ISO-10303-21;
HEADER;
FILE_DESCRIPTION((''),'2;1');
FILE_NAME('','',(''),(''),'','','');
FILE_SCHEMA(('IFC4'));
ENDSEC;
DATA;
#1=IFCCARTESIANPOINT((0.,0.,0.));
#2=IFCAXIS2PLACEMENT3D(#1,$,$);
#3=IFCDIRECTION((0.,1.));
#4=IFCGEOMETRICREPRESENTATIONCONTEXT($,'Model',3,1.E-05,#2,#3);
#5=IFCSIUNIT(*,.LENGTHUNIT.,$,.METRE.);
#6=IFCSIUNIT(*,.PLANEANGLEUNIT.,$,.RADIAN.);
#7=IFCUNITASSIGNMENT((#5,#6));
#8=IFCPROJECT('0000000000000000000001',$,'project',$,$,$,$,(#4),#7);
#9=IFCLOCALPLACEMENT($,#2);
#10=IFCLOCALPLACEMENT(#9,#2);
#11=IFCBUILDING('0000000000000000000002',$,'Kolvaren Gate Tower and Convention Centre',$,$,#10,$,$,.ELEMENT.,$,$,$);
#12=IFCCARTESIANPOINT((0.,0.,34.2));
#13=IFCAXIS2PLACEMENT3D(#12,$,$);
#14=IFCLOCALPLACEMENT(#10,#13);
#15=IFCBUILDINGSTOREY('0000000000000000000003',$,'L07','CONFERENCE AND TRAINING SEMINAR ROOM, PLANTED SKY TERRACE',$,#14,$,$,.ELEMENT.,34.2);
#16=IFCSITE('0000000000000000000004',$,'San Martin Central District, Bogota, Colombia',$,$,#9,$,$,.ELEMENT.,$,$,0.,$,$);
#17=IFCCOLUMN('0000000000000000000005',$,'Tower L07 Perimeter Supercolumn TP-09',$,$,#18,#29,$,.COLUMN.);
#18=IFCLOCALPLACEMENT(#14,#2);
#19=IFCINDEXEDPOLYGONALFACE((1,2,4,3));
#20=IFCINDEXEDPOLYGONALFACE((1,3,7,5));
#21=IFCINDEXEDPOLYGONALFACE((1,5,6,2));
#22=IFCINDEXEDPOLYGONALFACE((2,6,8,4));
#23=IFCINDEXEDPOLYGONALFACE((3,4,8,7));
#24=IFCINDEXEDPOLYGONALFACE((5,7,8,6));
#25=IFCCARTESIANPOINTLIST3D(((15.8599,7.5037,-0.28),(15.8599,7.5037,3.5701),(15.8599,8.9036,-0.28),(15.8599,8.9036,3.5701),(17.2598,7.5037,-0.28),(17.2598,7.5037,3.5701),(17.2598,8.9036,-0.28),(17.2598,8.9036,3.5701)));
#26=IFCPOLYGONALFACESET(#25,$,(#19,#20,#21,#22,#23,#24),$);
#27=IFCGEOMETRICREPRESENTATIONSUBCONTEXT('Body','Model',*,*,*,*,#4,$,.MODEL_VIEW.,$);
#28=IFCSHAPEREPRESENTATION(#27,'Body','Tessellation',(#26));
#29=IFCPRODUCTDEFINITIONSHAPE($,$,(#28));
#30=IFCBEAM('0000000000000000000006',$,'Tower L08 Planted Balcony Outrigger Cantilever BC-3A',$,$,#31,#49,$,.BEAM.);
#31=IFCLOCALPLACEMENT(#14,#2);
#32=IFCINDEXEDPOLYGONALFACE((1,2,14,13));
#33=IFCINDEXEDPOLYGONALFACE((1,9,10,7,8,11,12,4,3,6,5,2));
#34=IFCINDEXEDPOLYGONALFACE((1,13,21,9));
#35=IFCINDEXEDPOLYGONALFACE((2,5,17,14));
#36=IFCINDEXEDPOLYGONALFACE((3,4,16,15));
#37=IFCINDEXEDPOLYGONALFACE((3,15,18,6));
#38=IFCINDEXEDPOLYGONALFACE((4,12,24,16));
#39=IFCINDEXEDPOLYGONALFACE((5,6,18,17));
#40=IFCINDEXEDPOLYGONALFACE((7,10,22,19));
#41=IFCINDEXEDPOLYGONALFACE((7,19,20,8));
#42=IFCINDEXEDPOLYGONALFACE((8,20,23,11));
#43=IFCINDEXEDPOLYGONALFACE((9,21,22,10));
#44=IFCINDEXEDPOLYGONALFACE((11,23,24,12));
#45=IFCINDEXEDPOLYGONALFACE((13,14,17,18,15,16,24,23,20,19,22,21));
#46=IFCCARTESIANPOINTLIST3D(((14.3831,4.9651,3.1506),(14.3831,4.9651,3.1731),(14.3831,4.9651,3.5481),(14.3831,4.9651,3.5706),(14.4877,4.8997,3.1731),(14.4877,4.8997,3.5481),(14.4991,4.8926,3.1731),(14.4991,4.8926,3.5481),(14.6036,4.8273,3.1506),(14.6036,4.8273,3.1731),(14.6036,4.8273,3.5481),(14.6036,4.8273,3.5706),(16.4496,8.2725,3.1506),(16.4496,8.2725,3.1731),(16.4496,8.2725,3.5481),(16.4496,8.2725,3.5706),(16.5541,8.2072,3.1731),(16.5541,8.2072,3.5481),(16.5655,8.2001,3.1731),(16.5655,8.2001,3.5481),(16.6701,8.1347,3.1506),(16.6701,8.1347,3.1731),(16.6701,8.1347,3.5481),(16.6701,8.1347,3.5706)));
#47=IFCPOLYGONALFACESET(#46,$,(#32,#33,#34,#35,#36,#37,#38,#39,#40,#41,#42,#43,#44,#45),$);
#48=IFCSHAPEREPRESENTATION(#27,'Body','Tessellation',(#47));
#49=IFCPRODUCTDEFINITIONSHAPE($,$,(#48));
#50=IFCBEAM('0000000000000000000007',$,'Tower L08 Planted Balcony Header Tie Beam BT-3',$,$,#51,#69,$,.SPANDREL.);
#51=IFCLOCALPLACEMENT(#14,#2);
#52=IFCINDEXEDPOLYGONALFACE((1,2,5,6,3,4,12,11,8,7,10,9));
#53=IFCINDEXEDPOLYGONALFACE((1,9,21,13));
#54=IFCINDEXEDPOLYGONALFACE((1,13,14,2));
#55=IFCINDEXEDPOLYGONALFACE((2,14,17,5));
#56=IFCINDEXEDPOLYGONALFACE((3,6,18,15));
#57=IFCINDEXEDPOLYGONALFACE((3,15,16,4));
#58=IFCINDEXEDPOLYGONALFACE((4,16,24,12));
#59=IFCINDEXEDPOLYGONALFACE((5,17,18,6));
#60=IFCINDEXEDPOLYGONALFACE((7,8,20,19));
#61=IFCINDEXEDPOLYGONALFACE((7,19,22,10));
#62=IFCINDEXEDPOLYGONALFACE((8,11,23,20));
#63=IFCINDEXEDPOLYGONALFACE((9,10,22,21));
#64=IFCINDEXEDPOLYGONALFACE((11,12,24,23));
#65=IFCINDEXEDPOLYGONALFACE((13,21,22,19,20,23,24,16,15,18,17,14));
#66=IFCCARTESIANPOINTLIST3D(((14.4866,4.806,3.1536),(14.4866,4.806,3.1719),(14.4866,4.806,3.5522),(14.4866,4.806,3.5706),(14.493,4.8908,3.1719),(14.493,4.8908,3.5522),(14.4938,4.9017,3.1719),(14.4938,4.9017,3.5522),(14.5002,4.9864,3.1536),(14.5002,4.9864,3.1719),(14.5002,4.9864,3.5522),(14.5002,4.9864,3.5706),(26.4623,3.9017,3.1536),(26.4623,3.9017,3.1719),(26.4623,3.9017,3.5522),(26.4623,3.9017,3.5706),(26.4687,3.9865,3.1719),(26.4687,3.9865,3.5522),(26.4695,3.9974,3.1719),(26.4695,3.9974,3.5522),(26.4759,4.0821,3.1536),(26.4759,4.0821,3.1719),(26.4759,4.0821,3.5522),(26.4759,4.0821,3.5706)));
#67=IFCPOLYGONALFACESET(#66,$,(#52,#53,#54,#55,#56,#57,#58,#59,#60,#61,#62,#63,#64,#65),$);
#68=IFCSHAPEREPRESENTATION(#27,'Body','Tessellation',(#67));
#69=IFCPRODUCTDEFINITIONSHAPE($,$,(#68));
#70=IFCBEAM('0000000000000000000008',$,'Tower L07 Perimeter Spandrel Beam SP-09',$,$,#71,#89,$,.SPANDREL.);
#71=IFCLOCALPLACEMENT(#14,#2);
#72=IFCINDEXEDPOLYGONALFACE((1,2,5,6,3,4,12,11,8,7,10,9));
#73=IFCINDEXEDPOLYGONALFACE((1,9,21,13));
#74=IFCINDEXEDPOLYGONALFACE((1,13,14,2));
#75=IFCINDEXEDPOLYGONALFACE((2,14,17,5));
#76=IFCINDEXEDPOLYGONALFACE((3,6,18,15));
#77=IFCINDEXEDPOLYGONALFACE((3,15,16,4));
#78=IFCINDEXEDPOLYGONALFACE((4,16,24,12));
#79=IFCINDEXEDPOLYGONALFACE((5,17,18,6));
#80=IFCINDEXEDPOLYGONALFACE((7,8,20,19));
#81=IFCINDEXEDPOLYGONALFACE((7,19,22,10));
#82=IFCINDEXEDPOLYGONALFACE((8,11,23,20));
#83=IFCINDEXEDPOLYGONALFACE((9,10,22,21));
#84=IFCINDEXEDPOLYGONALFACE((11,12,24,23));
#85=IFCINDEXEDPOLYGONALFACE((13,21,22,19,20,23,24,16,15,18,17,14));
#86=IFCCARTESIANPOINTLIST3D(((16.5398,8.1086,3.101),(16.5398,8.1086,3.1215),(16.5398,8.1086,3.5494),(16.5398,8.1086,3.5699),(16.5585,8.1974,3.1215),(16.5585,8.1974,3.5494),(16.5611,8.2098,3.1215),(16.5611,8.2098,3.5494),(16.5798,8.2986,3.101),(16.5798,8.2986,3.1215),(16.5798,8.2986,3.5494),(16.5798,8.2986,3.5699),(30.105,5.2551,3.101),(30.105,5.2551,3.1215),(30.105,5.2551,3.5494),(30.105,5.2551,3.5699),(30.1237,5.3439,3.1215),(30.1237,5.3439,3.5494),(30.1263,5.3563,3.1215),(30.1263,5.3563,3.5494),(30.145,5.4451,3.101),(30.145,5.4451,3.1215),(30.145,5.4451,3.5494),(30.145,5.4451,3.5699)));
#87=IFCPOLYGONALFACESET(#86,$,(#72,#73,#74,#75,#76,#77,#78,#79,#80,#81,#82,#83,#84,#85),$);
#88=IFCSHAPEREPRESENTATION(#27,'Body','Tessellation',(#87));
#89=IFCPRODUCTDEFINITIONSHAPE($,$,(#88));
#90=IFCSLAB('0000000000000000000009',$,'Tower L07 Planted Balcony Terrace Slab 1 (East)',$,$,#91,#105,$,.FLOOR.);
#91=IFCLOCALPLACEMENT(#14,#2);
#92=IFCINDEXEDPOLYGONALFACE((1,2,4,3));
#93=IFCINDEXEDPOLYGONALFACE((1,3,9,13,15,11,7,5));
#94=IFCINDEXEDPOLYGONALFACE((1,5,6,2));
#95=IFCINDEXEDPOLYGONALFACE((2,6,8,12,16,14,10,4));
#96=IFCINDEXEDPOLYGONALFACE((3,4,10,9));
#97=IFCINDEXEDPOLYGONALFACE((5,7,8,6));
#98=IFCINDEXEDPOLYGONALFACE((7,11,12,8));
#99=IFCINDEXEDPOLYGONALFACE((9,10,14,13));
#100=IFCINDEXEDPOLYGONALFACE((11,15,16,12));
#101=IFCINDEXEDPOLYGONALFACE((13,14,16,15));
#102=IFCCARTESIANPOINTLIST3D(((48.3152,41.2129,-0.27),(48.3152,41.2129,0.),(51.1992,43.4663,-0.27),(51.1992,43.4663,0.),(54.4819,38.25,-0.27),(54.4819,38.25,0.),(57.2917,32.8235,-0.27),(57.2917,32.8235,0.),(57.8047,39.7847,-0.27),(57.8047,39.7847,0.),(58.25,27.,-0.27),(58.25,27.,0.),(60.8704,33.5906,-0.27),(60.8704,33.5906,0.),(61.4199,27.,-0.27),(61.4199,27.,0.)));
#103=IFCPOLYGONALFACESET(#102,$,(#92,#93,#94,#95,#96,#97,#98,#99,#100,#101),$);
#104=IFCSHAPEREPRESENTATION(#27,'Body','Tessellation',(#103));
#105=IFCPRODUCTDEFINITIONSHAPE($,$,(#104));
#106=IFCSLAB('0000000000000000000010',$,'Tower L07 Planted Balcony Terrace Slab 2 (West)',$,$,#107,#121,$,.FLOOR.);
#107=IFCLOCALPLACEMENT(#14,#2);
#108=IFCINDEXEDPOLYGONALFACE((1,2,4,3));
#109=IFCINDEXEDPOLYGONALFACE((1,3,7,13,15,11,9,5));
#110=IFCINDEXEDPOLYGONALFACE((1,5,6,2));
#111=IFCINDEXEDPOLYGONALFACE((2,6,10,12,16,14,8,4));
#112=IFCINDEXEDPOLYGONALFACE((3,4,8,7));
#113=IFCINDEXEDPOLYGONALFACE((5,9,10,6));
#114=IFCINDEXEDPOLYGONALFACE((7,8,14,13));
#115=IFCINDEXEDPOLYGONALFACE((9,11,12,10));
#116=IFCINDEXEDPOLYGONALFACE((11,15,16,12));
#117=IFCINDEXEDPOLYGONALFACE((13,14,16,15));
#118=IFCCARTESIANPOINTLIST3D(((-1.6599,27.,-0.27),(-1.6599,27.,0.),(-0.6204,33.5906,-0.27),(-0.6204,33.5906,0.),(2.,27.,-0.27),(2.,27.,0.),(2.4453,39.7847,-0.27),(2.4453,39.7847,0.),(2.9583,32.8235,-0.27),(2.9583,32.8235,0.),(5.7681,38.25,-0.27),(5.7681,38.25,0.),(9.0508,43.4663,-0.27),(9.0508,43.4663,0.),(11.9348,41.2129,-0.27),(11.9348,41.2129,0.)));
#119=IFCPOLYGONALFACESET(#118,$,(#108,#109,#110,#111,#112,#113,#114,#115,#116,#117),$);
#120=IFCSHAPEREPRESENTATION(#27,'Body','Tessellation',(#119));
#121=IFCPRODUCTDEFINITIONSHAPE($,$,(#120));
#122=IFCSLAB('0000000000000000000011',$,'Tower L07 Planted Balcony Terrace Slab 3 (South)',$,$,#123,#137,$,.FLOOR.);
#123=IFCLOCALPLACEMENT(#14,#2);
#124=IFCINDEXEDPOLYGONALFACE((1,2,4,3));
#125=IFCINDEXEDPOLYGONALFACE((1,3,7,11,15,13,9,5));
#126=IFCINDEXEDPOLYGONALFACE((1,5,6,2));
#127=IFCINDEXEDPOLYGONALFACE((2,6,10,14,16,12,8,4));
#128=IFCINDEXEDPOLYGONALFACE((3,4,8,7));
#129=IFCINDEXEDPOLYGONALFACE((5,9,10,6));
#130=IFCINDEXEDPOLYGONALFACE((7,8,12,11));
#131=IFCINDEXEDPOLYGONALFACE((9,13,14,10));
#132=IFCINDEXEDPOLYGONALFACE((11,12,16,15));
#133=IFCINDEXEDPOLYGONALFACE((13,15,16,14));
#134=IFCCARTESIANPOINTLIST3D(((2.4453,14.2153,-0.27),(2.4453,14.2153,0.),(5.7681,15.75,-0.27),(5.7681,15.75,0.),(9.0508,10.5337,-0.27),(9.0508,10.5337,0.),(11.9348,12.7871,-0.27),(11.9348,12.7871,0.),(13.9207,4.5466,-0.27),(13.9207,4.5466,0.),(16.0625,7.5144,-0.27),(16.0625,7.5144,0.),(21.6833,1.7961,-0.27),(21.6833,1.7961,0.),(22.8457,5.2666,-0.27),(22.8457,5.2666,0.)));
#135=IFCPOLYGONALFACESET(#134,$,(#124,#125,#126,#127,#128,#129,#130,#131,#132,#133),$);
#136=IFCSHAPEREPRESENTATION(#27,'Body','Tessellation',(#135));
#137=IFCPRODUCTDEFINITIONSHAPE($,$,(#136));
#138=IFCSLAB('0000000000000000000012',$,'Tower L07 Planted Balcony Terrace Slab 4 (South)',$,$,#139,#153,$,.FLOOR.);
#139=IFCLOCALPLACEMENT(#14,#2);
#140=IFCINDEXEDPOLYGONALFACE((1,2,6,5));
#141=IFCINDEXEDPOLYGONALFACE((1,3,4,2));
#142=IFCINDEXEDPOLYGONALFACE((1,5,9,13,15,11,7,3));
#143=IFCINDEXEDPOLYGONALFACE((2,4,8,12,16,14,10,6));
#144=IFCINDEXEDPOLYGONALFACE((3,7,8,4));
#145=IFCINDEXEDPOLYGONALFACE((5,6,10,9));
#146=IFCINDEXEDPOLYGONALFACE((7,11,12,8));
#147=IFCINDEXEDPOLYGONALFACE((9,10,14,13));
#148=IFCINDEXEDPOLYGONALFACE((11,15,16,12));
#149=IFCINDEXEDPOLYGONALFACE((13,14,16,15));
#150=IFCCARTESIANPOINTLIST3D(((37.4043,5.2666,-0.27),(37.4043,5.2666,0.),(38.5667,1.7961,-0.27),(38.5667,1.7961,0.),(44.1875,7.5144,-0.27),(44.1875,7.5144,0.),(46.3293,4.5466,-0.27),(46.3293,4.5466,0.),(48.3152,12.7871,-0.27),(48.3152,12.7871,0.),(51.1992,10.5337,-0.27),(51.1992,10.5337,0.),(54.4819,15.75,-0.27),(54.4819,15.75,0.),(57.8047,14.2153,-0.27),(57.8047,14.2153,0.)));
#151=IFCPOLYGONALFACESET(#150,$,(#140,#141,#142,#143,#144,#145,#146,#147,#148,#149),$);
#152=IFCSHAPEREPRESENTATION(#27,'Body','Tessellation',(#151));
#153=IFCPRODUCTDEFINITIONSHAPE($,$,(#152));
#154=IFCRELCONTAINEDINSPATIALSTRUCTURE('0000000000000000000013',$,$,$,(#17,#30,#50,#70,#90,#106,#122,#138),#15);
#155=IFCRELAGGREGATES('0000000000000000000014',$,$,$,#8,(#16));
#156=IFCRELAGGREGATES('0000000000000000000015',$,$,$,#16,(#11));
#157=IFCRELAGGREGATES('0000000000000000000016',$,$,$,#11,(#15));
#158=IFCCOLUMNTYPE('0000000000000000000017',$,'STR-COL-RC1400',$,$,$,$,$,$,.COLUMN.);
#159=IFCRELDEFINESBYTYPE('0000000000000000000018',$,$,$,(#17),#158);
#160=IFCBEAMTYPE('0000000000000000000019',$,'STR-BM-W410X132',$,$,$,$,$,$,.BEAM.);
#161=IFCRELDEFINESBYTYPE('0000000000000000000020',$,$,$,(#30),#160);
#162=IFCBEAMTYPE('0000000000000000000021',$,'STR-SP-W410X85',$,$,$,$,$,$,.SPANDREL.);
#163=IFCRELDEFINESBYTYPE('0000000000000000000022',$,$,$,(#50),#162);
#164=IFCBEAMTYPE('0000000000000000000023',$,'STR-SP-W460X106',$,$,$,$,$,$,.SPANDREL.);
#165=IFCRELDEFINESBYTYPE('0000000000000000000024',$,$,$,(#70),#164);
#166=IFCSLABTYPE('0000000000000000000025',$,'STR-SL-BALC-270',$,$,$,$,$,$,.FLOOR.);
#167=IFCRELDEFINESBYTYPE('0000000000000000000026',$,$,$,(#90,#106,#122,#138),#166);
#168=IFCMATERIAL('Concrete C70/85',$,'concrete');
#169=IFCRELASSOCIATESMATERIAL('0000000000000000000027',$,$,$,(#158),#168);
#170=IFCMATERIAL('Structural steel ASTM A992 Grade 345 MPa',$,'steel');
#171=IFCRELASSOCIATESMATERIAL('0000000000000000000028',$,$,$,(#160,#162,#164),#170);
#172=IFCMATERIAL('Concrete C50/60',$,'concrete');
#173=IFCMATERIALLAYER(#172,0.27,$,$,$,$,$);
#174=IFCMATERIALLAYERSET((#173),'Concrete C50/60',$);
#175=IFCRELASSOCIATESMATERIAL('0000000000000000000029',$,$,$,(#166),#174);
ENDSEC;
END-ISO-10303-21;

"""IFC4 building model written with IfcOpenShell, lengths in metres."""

from ifc_helpers import new_model, si_unit, direction, frame, origin, origin_2d, place, context, subcontext, project, spatial, polyline, rectangle, i_section, outline, extrude, material, layer, layer_set, material_profile, profile_set, type_object, element, save


model = new_model("IFC4")

# Units and contexts
model_context = context("Model", 3, precision=1e-05, world=origin(), true_north=direction((0.0, 1.0)))
body_context = subcontext(model_context, "Body", "Model", "MODEL_VIEW")
ifc_project = project(units=[si_unit("LENGTHUNIT", "METRE"), si_unit("PLANEANGLEUNIT", "RADIAN")], contexts=[model_context])

# Site, building, storey
site_placement = place(None, origin())
site = spatial("IfcSite", under=ifc_project, at=site_placement, Name="San Martin Central District, Bogota, Colombia", CompositionType="ELEMENT", RefElevation=0.0)
building_placement = place(site_placement, origin())
building = spatial("IfcBuilding", under=site, at=building_placement, Name="Kolvaren Gate Tower and Convention Centre", CompositionType="ELEMENT")
storey_placement = place(building_placement, frame((0.0, 0.0, 34.2)))
storey = spatial("IfcBuildingStorey", under=building, at=storey_placement, Name="L07", Description="CONFERENCE AND TRAINING SEMINAR ROOM, PLANTED SKY TERRACE", CompositionType="ELEMENT", Elevation=34.2)

# Column
ifc_material_1 = material(Name="Concrete C70/85", Category="concrete")
ifc_material_profile_1 = material_profile(ifc_material_1, rectangle(XDim=1.3999, YDim=1.3999, at=origin_2d()), Name="RC-COL-1400X1400")
ifc_profile_set_1 = profile_set([ifc_material_profile_1], Name="Concrete C70/85")
column_type = type_object("IfcColumnType", Name="STR-COL-RC1400", PredefinedType="COLUMN", material=ifc_profile_set_1)
column_placement = place(storey_placement, frame((16.5598, 8.2036, -0.28), z_axis=(0.0, 0.0, 1.0), x_axis=(1.0, 0.0, 0.0)))
element("IfcColumn", 1, at=column_placement, inside=storey, type_object=column_type, Name="Tower L07 Perimeter Supercolumn TP-09", PredefinedType="COLUMN", context=body_context, shape_type="SweptSolid", body=[
    extrude(rectangle(XDim=1.3999, YDim=1.3999, at=origin_2d()), origin(), (0.0, 0.0, 1.0), 3.8501),
])

# Beams
ifc_material_2 = material(Name="Structural steel ASTM A992 Grade 345 MPa", Category="steel")
ifc_material_profile_2 = material_profile(ifc_material_2, i_section(OverallWidth=0.26, OverallDepth=0.4199, WebThickness=0.0134, FlangeThickness=0.0225, at=origin_2d()), Name="W410X132")
ifc_profile_set_2 = profile_set([ifc_material_profile_2], Name="Structural steel ASTM A992 Grade 345 MPa")
beam_type_1 = type_object("IfcBeamType", Name="STR-BM-W410X132", PredefinedType="BEAM", material=ifc_profile_set_2)
beam_1_placement = place(storey_placement, frame((16.5598, 8.2036, 3.3606), z_axis=(-0.52987, -0.848079, 0.0), x_axis=(0.848079, -0.52987, 0.0)))
element("IfcBeam", 2, at=beam_1_placement, inside=storey, type_object=beam_type_1, Name="Tower L08 Planted Balcony Outrigger Cantilever BC-3A", PredefinedType="BEAM", context=body_context, shape_type="SweptSolid", body=[
    extrude(i_section(OverallWidth=0.26, OverallDepth=0.4199, WebThickness=0.0134, FlangeThickness=0.0225, at=origin_2d()), origin(), (0.0, 0.0, 1.0), 3.8999),
])
ifc_material_profile_3 = material_profile(ifc_material_2, i_section(OverallWidth=0.1809, OverallDepth=0.417, WebThickness=0.011, FlangeThickness=0.0183, at=origin_2d()), Name="W410X85")
ifc_profile_set_3 = profile_set([ifc_material_profile_3], Name="Structural steel ASTM A992 Grade 345 MPa")
beam_type_2 = type_object("IfcBeamType", Name="STR-SP-W410X85", PredefinedType="SPANDREL", material=ifc_profile_set_3)
beam_2_placement = place(storey_placement, frame((14.4934, 4.8962, 3.3621), z_axis=(0.997161, -0.075297, 0.0), x_axis=(0.075297, 0.997161, 0.0)))
element("IfcBeam", 3, at=beam_2_placement, inside=storey, type_object=beam_type_2, Name="Tower L08 Planted Balcony Header Tie Beam BT-3", PredefinedType="SPANDREL", context=body_context, shape_type="SweptSolid", body=[
    extrude(i_section(OverallWidth=0.1809, OverallDepth=0.417, WebThickness=0.011, FlangeThickness=0.0183, at=origin_2d()), origin(), (0.0, 0.0, 1.0), 12.0098),
])
ifc_material_profile_4 = material_profile(ifc_material_2, i_section(OverallWidth=0.1941, OverallDepth=0.469, WebThickness=0.0127, FlangeThickness=0.0205, at=origin_2d()), Name="W460X106")
ifc_profile_set_4 = profile_set([ifc_material_profile_4], Name="Structural steel ASTM A992 Grade 345 MPa")
beam_type_3 = type_object("IfcBeamType", Name="STR-SP-W460X106", PredefinedType="SPANDREL", material=ifc_profile_set_4)
beam_3_placement = place(storey_placement, frame((16.5598, 8.2036, 3.3354), z_axis=(0.978583, -0.205851, 0.0), x_axis=(0.205851, 0.978583, 0.0)))
element("IfcBeam", 4, at=beam_3_placement, inside=storey, type_object=beam_type_3, Name="Tower L07 Perimeter Spandrel Beam SP-09", PredefinedType="SPANDREL", context=body_context, shape_type="SweptSolid", body=[
    extrude(i_section(OverallWidth=0.1941, OverallDepth=0.469, WebThickness=0.0127, FlangeThickness=0.0205, at=origin_2d()), origin(), (0.0, 0.0, 1.0), 13.8621),
])

# Slabs
ifc_material_3 = material(Name="Concrete C50/60", Category="concrete")
ifc_layer_1 = layer(ifc_material_3, 0.27)
ifc_layer_set_1 = layer_set([ifc_layer_1], Name="Concrete C50/60")
slab_type_1 = type_object("IfcSlabType", Name="STR-SL-BALC-270", PredefinedType="FLOOR", material=ifc_layer_set_1)
slab_1_placement = place(storey_placement, frame((0.0, 0.0, -0.27)))
element("IfcSlab", 5, at=slab_1_placement, inside=storey, type_object=slab_type_1, Name="Tower L07 Planted Balcony Terrace Slab 1 (East)", PredefinedType="FLOOR", context=body_context, shape_type="SweptSolid", body=[
    extrude(outline(polyline([(58.25, 27.0), (57.2917, 32.8235), (54.4819, 38.25), (48.3152, 41.2129), (51.1992, 43.4663), (57.8047, 39.7847), (60.8704, 33.5906), (61.4199, 27.0), (58.25, 27.0)])), origin(), (0.0, 0.0, 1.0), 0.27),
])
slab_2_placement = place(storey_placement, frame((0.0, 0.0, -0.27)))
element("IfcSlab", 6, at=slab_2_placement, inside=storey, type_object=slab_type_1, Name="Tower L07 Planted Balcony Terrace Slab 2 (West)", PredefinedType="FLOOR", context=body_context, shape_type="SweptSolid", body=[
    extrude(outline(polyline([(11.9348, 41.2129), (5.7681, 38.25), (2.9583, 32.8235), (2.0, 27.0), (-1.6599, 27.0), (-0.6204, 33.5906), (2.4453, 39.7847), (9.0508, 43.4663), (11.9348, 41.2129)])), origin(), (0.0, 0.0, 1.0), 0.27),
])
slab_3_placement = place(storey_placement, frame((0.0, 0.0, -0.27)))
element("IfcSlab", 7, at=slab_3_placement, inside=storey, type_object=slab_type_1, Name="Tower L07 Planted Balcony Terrace Slab 3 (South)", PredefinedType="FLOOR", context=body_context, shape_type="SweptSolid", body=[
    extrude(outline(polyline([(5.7681, 15.75), (11.9348, 12.7871), (16.0625, 7.5144), (22.8457, 5.2666), (21.6833, 1.7961), (13.9207, 4.5466), (9.0508, 10.5337), (2.4453, 14.2153), (5.7681, 15.75)])), origin(), (0.0, 0.0, 1.0), 0.27),
])
slab_4_placement = place(storey_placement, frame((0.0, 0.0, -0.27)))
element("IfcSlab", 8, at=slab_4_placement, inside=storey, type_object=slab_type_1, Name="Tower L07 Planted Balcony Terrace Slab 4 (South)", PredefinedType="FLOOR", context=body_context, shape_type="SweptSolid", body=[
    extrude(outline(polyline([(37.4043, 5.2666), (44.1875, 7.5144), (48.3152, 12.7871), (54.4819, 15.75), (57.8047, 14.2153), (51.1992, 10.5337), (46.3293, 4.5466), (38.5667, 1.7961), (37.4043, 5.2666)])), origin(), (0.0, 0.0, 1.0), 0.27),
])

save(model, "model.ifc")
